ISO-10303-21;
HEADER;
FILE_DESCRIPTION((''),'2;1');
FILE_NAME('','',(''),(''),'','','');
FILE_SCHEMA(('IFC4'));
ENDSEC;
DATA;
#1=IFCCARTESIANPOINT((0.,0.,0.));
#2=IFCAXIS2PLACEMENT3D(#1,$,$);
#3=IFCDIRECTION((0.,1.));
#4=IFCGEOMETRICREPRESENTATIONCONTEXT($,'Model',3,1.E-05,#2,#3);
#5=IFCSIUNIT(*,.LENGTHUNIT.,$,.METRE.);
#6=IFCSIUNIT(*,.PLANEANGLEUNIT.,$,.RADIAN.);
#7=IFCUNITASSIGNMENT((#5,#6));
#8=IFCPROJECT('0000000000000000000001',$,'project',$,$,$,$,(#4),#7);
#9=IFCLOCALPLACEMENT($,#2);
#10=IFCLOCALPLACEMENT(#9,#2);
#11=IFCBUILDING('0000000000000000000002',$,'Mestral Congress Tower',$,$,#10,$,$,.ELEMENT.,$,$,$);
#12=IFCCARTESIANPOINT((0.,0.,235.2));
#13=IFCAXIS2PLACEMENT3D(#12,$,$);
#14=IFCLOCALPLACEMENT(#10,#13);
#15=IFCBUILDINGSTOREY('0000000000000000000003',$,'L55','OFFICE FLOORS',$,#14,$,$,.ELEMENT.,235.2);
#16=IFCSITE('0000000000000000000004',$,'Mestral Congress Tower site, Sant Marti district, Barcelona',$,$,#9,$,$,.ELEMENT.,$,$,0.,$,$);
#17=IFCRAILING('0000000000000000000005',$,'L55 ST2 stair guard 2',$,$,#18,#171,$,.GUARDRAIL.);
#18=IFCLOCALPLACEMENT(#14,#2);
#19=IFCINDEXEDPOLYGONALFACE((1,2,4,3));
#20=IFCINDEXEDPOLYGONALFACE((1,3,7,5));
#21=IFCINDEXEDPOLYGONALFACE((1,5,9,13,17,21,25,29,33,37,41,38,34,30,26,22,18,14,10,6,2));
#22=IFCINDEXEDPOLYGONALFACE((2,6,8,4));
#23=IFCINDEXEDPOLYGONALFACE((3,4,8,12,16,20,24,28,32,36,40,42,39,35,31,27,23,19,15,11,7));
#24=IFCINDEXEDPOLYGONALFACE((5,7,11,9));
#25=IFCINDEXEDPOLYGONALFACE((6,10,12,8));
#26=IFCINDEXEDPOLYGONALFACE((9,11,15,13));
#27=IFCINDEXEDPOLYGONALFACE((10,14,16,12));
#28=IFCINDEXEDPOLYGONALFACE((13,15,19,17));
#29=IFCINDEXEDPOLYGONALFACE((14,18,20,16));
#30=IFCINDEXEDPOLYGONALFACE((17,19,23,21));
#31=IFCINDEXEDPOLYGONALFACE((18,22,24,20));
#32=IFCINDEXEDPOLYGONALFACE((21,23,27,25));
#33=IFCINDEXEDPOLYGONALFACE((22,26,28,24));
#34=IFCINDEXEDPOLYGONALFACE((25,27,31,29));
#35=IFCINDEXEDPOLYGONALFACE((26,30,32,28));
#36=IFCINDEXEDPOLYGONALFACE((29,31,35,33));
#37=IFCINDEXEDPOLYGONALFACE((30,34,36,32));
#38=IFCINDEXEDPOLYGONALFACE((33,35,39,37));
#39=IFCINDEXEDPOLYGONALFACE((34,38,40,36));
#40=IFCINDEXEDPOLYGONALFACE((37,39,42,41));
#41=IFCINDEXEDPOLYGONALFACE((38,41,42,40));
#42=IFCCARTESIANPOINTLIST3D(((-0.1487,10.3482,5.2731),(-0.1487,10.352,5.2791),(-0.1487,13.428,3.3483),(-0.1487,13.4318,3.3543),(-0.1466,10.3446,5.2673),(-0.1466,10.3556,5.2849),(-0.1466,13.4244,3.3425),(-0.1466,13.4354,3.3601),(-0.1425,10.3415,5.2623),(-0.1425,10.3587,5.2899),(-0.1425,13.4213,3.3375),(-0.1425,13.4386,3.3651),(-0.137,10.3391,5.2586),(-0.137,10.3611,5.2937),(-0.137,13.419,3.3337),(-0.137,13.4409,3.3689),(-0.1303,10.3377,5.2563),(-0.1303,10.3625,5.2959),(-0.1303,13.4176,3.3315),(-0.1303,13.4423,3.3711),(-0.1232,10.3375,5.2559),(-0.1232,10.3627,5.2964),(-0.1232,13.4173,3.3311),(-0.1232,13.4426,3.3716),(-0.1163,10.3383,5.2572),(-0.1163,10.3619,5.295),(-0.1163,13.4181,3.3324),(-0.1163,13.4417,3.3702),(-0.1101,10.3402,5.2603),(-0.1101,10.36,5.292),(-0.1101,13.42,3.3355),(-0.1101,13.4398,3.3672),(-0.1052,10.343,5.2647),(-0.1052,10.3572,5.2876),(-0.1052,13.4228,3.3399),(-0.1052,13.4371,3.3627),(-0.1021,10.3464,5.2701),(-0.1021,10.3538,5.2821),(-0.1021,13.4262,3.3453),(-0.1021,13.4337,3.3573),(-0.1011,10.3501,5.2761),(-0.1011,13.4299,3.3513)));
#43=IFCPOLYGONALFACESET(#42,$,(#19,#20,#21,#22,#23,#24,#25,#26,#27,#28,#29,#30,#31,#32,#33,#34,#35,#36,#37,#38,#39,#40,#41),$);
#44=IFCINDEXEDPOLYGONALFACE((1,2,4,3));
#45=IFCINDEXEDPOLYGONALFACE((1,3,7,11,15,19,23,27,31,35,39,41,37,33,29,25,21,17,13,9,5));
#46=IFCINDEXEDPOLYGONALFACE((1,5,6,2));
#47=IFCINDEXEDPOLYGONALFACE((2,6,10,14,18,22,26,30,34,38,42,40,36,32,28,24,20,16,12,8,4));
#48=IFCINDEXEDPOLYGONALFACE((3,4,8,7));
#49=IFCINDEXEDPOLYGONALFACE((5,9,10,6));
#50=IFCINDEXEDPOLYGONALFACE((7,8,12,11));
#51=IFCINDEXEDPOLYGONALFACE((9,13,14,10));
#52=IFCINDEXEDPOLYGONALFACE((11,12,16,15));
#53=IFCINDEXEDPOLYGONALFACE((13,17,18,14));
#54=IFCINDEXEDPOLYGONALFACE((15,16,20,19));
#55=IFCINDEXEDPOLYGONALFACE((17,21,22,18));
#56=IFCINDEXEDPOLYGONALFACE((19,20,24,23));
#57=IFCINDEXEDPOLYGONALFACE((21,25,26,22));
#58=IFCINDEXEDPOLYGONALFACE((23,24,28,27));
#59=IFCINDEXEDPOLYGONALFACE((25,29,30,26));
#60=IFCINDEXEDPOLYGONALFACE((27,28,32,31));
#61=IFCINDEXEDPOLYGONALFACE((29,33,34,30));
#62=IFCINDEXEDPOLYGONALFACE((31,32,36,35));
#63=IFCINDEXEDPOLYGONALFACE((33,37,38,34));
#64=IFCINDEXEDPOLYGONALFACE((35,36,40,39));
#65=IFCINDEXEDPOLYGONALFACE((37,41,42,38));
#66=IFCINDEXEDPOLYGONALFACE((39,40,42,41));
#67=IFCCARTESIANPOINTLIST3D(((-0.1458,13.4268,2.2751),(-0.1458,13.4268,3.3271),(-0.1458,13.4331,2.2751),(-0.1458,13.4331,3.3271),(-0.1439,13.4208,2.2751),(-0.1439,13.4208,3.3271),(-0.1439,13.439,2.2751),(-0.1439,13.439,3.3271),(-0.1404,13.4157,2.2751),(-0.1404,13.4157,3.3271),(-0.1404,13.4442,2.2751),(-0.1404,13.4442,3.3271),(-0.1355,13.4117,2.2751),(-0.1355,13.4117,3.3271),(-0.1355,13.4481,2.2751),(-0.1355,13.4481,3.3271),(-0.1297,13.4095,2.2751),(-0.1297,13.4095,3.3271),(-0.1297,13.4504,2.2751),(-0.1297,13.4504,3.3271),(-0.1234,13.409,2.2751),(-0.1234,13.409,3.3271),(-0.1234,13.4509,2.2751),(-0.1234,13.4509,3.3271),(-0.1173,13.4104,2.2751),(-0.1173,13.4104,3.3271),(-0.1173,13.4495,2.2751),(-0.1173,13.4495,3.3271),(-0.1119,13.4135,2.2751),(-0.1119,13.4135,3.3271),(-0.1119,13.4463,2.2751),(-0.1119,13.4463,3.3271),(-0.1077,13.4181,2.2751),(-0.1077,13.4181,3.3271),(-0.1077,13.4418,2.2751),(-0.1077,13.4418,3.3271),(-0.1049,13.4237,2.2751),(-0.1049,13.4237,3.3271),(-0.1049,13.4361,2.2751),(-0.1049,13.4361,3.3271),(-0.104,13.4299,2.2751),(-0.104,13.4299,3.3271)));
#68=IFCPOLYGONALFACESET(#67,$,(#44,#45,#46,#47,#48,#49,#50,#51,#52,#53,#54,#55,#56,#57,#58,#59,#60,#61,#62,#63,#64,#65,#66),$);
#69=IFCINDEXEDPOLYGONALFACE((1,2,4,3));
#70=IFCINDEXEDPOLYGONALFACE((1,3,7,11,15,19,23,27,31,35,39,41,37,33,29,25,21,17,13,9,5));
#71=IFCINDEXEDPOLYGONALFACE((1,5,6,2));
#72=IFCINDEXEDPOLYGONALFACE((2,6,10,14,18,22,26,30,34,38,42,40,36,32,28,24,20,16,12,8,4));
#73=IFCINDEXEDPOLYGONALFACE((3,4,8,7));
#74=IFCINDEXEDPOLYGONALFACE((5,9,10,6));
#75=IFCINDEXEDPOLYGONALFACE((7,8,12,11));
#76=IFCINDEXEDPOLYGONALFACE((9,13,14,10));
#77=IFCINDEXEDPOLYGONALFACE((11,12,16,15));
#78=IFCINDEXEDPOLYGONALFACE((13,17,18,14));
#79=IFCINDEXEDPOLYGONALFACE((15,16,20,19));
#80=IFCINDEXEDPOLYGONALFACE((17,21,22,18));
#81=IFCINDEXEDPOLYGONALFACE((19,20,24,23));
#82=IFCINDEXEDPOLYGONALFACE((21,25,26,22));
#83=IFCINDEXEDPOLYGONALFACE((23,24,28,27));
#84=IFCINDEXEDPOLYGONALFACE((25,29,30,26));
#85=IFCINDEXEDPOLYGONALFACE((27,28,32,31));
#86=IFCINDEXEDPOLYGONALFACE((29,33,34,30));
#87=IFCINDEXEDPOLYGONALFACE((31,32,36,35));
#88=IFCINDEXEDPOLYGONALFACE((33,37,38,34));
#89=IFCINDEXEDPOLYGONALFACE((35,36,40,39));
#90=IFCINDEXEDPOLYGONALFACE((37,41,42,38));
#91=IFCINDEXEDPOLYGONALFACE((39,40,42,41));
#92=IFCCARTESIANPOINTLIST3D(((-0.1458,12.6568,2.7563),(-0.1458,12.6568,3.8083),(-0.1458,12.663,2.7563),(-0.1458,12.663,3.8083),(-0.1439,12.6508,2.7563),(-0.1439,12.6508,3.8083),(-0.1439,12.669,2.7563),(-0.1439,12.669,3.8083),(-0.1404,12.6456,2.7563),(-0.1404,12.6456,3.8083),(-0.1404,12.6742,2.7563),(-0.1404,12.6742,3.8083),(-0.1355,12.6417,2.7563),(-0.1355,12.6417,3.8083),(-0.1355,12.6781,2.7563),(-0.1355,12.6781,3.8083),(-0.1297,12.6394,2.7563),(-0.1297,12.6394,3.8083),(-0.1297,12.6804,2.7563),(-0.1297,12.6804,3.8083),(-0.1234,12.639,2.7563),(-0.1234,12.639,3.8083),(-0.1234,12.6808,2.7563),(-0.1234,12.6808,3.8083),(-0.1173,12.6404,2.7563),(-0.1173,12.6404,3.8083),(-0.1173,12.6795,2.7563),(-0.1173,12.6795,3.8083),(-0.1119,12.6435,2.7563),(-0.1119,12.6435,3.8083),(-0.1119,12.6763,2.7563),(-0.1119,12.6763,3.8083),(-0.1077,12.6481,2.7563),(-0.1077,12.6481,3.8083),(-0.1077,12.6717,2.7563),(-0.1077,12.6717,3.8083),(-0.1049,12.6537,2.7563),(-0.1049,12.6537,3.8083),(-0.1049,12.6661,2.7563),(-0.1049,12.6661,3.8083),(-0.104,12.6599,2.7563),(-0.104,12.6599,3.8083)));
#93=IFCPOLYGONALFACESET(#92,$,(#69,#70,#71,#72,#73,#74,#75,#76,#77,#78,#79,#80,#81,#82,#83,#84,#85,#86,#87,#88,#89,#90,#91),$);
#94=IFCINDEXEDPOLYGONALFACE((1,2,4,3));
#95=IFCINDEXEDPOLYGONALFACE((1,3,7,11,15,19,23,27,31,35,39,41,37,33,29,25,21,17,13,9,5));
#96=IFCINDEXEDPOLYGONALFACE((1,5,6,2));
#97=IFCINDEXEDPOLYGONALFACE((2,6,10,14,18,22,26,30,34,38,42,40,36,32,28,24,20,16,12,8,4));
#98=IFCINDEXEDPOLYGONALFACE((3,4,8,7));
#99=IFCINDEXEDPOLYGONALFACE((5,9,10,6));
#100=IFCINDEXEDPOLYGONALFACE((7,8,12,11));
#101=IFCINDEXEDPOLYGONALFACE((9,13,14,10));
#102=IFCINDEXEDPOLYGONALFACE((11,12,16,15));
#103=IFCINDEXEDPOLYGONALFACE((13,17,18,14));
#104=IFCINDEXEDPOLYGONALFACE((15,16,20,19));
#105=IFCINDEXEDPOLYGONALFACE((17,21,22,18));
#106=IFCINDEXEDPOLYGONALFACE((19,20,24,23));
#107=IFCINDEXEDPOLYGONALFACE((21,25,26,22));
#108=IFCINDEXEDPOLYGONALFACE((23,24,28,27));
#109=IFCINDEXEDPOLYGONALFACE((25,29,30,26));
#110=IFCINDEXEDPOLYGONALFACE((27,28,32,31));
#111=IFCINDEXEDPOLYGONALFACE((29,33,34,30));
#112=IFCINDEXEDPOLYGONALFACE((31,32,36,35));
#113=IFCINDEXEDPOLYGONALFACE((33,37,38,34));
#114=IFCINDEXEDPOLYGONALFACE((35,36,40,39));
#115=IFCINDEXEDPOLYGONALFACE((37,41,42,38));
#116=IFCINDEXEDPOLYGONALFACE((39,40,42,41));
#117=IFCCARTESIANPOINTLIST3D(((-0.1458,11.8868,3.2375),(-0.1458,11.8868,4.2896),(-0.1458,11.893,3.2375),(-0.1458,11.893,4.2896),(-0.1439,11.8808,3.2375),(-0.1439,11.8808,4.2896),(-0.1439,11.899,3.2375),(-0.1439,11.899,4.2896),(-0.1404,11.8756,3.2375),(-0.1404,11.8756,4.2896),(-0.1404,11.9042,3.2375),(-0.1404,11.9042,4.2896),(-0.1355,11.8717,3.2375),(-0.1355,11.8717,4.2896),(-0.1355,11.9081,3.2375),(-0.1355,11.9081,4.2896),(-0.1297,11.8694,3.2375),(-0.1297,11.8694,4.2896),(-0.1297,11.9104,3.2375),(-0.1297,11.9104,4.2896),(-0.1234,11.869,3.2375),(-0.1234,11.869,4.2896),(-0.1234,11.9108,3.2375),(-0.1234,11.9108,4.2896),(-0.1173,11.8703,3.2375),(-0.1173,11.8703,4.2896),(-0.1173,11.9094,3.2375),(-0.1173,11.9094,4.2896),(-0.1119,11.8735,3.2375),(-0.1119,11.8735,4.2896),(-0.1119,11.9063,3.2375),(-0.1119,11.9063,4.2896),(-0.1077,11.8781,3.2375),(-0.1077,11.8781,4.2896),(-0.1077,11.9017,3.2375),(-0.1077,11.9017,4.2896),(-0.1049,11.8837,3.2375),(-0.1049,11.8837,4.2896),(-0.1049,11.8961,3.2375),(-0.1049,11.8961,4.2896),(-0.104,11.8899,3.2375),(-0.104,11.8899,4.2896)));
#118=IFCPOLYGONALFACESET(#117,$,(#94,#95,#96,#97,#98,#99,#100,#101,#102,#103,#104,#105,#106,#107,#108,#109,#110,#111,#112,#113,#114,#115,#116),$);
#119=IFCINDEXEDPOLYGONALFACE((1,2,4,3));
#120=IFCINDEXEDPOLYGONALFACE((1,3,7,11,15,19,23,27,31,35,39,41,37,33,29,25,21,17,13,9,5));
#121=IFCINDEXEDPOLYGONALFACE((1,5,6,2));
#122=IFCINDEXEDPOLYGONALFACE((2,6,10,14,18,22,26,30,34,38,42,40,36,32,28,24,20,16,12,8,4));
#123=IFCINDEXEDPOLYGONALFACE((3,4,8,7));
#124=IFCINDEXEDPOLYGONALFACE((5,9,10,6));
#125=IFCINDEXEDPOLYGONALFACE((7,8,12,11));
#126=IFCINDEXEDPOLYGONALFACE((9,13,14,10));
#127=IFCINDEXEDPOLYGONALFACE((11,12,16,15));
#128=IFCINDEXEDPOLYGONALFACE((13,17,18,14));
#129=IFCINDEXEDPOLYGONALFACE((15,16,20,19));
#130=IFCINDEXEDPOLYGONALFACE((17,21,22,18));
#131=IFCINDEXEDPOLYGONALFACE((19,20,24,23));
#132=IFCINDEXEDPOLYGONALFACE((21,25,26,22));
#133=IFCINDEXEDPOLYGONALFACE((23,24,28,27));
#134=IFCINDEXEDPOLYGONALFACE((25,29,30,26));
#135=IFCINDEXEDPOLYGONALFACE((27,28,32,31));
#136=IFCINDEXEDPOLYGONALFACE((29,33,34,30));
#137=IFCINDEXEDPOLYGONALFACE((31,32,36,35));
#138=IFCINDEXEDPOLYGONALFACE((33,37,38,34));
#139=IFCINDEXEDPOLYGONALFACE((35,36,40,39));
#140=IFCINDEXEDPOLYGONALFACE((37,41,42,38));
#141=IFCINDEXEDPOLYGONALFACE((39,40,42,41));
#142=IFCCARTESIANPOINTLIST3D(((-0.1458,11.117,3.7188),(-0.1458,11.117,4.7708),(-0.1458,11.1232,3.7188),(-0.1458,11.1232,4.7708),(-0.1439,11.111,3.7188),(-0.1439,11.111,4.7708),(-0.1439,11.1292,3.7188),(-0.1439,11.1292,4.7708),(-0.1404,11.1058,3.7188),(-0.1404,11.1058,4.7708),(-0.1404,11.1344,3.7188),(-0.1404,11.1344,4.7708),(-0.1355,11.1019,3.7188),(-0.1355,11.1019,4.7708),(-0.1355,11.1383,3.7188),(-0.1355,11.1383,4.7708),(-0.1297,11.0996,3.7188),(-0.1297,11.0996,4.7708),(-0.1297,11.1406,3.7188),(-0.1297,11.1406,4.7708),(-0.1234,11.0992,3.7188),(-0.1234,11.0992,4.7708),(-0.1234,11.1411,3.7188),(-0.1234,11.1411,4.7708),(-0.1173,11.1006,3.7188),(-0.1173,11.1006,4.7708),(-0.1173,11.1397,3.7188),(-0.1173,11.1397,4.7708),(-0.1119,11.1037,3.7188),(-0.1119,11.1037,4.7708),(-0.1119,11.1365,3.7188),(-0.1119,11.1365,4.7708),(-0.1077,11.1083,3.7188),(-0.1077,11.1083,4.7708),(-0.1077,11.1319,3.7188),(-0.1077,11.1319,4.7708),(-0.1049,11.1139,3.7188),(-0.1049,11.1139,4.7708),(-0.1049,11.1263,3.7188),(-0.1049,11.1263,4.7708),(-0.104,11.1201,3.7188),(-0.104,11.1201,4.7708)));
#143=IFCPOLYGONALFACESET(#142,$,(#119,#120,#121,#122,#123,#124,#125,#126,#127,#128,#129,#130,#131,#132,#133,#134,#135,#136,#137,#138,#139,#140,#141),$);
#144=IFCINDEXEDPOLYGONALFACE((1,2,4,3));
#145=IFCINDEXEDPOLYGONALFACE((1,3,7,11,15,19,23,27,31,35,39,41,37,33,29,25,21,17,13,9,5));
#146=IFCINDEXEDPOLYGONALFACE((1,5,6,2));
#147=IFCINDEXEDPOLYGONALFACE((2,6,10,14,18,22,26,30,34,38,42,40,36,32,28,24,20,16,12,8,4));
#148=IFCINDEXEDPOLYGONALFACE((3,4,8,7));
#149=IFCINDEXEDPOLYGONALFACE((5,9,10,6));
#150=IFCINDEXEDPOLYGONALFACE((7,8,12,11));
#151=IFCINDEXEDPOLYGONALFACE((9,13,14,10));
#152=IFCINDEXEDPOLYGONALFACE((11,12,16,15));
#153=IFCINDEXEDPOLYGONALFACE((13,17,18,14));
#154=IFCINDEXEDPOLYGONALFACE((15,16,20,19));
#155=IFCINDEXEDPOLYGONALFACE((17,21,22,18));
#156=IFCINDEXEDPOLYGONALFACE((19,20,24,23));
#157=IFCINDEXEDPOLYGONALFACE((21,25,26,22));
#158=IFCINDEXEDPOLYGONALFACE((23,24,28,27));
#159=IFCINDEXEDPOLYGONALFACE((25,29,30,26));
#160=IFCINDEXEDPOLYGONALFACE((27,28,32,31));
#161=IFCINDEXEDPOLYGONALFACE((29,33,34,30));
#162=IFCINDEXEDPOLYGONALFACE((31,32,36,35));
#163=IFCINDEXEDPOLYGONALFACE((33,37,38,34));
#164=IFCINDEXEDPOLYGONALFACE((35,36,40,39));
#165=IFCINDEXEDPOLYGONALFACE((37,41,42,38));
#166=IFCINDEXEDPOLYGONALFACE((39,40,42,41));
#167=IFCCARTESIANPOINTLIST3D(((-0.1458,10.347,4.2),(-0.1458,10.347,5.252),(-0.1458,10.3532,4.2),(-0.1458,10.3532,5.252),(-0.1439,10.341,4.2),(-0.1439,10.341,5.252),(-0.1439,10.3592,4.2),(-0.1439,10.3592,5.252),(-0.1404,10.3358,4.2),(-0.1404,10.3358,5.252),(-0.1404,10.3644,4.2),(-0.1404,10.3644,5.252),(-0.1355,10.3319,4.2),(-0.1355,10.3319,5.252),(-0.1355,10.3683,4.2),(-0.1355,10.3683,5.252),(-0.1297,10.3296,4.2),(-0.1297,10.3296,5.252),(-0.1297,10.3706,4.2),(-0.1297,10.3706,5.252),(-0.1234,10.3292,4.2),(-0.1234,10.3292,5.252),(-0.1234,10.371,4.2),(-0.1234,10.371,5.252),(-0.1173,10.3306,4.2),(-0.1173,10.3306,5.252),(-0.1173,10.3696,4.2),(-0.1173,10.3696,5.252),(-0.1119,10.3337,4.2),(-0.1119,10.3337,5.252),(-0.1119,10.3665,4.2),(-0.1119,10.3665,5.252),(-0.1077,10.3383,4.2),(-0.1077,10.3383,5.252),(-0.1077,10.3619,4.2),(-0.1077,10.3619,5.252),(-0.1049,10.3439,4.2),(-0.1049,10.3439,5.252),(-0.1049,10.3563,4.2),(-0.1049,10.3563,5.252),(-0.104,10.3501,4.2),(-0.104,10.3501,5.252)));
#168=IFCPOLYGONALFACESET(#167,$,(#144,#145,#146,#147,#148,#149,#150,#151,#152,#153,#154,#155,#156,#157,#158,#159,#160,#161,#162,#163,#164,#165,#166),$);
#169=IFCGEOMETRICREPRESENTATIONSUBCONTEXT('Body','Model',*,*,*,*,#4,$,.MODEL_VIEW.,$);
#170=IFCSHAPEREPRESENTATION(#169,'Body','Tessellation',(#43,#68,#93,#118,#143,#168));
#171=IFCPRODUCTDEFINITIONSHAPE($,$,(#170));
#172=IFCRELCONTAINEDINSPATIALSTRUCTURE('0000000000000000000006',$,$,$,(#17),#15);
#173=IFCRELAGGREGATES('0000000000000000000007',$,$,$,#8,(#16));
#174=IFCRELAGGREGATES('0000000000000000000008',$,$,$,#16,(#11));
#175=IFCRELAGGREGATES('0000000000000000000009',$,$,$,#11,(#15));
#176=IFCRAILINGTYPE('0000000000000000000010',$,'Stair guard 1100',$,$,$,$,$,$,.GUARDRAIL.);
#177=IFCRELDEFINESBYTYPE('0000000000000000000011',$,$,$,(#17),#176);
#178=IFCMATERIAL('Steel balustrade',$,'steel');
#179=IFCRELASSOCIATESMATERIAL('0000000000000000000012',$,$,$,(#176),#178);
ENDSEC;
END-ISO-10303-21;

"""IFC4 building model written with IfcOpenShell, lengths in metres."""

from ifc_helpers import new_model, si_unit, direction, frame, origin, origin_2d, place, context, subcontext, project, spatial, circle, extrude, material, type_object, element, save


model = new_model("IFC4")

# Units and contexts
model_context = context("Model", 3, precision=1e-05, world=origin(), true_north=direction((0.0, 1.0)))
body_context = subcontext(model_context, "Body", "Model", "MODEL_VIEW")
ifc_project = project(units=[si_unit("LENGTHUNIT", "METRE"), si_unit("PLANEANGLEUNIT", "RADIAN")], contexts=[model_context])

# Site, building, storey
site_placement = place(None, origin())
site = spatial("IfcSite", under=ifc_project, at=site_placement, Name="Mestral Congress Tower site, Sant Marti district, Barcelona", CompositionType="ELEMENT", RefElevation=0.0)
building_placement = place(site_placement, origin())
building = spatial("IfcBuilding", under=site, at=building_placement, Name="Mestral Congress Tower", CompositionType="ELEMENT")
storey_placement = place(building_placement, frame((0.0, 0.0, 235.2)))
storey = spatial("IfcBuildingStorey", under=building, at=storey_placement, Name="L55", Description="OFFICE FLOORS", CompositionType="ELEMENT", Elevation=235.2)

# Railing
ifc_material_1 = material(Name="Steel balustrade", Category="steel")
railing_type = type_object("IfcRailingType", Name="Stair guard 1100", PredefinedType="GUARDRAIL", material=ifc_material_1)
railing_placement = place(storey_placement, frame((-0.125, 13.4299, 2.2751)))
element("IfcRailing", 1, at=railing_placement, inside=storey, type_object=railing_type, Name="L55 ST2 stair guard 2", PredefinedType="GUARDRAIL", context=body_context, shape_type="SweptSolid", body=[
    extrude(circle(Radius=0.0239, at=origin_2d()), frame((0.0, 0.0, 1.0762), z_axis=(0.0, -0.84801, 0.529981), x_axis=(1.0, 0.0, 0.0)), (0.0, 0.0, 1.0), 3.6318),
    extrude(circle(Radius=0.021, at=origin_2d()), origin(), (0.0, 0.0, 1.0), 1.052),
    extrude(circle(Radius=0.021, at=origin_2d()), frame((0.0, -0.77, 0.4812)), (0.0, 0.0, 1.0), 1.052),
    extrude(circle(Radius=0.021, at=origin_2d()), frame((0.0, -1.54, 0.9624)), (0.0, 0.0, 1.0), 1.052),
    extrude(circle(Radius=0.021, at=origin_2d()), frame((0.0, -2.3098, 1.4436)), (0.0, 0.0, 1.0), 1.052),
    extrude(circle(Radius=0.021, at=origin_2d()), frame((0.0, -3.0798, 1.9248)), (0.0, 0.0, 1.0), 1.052),
])

save(model, "model.ifc")
